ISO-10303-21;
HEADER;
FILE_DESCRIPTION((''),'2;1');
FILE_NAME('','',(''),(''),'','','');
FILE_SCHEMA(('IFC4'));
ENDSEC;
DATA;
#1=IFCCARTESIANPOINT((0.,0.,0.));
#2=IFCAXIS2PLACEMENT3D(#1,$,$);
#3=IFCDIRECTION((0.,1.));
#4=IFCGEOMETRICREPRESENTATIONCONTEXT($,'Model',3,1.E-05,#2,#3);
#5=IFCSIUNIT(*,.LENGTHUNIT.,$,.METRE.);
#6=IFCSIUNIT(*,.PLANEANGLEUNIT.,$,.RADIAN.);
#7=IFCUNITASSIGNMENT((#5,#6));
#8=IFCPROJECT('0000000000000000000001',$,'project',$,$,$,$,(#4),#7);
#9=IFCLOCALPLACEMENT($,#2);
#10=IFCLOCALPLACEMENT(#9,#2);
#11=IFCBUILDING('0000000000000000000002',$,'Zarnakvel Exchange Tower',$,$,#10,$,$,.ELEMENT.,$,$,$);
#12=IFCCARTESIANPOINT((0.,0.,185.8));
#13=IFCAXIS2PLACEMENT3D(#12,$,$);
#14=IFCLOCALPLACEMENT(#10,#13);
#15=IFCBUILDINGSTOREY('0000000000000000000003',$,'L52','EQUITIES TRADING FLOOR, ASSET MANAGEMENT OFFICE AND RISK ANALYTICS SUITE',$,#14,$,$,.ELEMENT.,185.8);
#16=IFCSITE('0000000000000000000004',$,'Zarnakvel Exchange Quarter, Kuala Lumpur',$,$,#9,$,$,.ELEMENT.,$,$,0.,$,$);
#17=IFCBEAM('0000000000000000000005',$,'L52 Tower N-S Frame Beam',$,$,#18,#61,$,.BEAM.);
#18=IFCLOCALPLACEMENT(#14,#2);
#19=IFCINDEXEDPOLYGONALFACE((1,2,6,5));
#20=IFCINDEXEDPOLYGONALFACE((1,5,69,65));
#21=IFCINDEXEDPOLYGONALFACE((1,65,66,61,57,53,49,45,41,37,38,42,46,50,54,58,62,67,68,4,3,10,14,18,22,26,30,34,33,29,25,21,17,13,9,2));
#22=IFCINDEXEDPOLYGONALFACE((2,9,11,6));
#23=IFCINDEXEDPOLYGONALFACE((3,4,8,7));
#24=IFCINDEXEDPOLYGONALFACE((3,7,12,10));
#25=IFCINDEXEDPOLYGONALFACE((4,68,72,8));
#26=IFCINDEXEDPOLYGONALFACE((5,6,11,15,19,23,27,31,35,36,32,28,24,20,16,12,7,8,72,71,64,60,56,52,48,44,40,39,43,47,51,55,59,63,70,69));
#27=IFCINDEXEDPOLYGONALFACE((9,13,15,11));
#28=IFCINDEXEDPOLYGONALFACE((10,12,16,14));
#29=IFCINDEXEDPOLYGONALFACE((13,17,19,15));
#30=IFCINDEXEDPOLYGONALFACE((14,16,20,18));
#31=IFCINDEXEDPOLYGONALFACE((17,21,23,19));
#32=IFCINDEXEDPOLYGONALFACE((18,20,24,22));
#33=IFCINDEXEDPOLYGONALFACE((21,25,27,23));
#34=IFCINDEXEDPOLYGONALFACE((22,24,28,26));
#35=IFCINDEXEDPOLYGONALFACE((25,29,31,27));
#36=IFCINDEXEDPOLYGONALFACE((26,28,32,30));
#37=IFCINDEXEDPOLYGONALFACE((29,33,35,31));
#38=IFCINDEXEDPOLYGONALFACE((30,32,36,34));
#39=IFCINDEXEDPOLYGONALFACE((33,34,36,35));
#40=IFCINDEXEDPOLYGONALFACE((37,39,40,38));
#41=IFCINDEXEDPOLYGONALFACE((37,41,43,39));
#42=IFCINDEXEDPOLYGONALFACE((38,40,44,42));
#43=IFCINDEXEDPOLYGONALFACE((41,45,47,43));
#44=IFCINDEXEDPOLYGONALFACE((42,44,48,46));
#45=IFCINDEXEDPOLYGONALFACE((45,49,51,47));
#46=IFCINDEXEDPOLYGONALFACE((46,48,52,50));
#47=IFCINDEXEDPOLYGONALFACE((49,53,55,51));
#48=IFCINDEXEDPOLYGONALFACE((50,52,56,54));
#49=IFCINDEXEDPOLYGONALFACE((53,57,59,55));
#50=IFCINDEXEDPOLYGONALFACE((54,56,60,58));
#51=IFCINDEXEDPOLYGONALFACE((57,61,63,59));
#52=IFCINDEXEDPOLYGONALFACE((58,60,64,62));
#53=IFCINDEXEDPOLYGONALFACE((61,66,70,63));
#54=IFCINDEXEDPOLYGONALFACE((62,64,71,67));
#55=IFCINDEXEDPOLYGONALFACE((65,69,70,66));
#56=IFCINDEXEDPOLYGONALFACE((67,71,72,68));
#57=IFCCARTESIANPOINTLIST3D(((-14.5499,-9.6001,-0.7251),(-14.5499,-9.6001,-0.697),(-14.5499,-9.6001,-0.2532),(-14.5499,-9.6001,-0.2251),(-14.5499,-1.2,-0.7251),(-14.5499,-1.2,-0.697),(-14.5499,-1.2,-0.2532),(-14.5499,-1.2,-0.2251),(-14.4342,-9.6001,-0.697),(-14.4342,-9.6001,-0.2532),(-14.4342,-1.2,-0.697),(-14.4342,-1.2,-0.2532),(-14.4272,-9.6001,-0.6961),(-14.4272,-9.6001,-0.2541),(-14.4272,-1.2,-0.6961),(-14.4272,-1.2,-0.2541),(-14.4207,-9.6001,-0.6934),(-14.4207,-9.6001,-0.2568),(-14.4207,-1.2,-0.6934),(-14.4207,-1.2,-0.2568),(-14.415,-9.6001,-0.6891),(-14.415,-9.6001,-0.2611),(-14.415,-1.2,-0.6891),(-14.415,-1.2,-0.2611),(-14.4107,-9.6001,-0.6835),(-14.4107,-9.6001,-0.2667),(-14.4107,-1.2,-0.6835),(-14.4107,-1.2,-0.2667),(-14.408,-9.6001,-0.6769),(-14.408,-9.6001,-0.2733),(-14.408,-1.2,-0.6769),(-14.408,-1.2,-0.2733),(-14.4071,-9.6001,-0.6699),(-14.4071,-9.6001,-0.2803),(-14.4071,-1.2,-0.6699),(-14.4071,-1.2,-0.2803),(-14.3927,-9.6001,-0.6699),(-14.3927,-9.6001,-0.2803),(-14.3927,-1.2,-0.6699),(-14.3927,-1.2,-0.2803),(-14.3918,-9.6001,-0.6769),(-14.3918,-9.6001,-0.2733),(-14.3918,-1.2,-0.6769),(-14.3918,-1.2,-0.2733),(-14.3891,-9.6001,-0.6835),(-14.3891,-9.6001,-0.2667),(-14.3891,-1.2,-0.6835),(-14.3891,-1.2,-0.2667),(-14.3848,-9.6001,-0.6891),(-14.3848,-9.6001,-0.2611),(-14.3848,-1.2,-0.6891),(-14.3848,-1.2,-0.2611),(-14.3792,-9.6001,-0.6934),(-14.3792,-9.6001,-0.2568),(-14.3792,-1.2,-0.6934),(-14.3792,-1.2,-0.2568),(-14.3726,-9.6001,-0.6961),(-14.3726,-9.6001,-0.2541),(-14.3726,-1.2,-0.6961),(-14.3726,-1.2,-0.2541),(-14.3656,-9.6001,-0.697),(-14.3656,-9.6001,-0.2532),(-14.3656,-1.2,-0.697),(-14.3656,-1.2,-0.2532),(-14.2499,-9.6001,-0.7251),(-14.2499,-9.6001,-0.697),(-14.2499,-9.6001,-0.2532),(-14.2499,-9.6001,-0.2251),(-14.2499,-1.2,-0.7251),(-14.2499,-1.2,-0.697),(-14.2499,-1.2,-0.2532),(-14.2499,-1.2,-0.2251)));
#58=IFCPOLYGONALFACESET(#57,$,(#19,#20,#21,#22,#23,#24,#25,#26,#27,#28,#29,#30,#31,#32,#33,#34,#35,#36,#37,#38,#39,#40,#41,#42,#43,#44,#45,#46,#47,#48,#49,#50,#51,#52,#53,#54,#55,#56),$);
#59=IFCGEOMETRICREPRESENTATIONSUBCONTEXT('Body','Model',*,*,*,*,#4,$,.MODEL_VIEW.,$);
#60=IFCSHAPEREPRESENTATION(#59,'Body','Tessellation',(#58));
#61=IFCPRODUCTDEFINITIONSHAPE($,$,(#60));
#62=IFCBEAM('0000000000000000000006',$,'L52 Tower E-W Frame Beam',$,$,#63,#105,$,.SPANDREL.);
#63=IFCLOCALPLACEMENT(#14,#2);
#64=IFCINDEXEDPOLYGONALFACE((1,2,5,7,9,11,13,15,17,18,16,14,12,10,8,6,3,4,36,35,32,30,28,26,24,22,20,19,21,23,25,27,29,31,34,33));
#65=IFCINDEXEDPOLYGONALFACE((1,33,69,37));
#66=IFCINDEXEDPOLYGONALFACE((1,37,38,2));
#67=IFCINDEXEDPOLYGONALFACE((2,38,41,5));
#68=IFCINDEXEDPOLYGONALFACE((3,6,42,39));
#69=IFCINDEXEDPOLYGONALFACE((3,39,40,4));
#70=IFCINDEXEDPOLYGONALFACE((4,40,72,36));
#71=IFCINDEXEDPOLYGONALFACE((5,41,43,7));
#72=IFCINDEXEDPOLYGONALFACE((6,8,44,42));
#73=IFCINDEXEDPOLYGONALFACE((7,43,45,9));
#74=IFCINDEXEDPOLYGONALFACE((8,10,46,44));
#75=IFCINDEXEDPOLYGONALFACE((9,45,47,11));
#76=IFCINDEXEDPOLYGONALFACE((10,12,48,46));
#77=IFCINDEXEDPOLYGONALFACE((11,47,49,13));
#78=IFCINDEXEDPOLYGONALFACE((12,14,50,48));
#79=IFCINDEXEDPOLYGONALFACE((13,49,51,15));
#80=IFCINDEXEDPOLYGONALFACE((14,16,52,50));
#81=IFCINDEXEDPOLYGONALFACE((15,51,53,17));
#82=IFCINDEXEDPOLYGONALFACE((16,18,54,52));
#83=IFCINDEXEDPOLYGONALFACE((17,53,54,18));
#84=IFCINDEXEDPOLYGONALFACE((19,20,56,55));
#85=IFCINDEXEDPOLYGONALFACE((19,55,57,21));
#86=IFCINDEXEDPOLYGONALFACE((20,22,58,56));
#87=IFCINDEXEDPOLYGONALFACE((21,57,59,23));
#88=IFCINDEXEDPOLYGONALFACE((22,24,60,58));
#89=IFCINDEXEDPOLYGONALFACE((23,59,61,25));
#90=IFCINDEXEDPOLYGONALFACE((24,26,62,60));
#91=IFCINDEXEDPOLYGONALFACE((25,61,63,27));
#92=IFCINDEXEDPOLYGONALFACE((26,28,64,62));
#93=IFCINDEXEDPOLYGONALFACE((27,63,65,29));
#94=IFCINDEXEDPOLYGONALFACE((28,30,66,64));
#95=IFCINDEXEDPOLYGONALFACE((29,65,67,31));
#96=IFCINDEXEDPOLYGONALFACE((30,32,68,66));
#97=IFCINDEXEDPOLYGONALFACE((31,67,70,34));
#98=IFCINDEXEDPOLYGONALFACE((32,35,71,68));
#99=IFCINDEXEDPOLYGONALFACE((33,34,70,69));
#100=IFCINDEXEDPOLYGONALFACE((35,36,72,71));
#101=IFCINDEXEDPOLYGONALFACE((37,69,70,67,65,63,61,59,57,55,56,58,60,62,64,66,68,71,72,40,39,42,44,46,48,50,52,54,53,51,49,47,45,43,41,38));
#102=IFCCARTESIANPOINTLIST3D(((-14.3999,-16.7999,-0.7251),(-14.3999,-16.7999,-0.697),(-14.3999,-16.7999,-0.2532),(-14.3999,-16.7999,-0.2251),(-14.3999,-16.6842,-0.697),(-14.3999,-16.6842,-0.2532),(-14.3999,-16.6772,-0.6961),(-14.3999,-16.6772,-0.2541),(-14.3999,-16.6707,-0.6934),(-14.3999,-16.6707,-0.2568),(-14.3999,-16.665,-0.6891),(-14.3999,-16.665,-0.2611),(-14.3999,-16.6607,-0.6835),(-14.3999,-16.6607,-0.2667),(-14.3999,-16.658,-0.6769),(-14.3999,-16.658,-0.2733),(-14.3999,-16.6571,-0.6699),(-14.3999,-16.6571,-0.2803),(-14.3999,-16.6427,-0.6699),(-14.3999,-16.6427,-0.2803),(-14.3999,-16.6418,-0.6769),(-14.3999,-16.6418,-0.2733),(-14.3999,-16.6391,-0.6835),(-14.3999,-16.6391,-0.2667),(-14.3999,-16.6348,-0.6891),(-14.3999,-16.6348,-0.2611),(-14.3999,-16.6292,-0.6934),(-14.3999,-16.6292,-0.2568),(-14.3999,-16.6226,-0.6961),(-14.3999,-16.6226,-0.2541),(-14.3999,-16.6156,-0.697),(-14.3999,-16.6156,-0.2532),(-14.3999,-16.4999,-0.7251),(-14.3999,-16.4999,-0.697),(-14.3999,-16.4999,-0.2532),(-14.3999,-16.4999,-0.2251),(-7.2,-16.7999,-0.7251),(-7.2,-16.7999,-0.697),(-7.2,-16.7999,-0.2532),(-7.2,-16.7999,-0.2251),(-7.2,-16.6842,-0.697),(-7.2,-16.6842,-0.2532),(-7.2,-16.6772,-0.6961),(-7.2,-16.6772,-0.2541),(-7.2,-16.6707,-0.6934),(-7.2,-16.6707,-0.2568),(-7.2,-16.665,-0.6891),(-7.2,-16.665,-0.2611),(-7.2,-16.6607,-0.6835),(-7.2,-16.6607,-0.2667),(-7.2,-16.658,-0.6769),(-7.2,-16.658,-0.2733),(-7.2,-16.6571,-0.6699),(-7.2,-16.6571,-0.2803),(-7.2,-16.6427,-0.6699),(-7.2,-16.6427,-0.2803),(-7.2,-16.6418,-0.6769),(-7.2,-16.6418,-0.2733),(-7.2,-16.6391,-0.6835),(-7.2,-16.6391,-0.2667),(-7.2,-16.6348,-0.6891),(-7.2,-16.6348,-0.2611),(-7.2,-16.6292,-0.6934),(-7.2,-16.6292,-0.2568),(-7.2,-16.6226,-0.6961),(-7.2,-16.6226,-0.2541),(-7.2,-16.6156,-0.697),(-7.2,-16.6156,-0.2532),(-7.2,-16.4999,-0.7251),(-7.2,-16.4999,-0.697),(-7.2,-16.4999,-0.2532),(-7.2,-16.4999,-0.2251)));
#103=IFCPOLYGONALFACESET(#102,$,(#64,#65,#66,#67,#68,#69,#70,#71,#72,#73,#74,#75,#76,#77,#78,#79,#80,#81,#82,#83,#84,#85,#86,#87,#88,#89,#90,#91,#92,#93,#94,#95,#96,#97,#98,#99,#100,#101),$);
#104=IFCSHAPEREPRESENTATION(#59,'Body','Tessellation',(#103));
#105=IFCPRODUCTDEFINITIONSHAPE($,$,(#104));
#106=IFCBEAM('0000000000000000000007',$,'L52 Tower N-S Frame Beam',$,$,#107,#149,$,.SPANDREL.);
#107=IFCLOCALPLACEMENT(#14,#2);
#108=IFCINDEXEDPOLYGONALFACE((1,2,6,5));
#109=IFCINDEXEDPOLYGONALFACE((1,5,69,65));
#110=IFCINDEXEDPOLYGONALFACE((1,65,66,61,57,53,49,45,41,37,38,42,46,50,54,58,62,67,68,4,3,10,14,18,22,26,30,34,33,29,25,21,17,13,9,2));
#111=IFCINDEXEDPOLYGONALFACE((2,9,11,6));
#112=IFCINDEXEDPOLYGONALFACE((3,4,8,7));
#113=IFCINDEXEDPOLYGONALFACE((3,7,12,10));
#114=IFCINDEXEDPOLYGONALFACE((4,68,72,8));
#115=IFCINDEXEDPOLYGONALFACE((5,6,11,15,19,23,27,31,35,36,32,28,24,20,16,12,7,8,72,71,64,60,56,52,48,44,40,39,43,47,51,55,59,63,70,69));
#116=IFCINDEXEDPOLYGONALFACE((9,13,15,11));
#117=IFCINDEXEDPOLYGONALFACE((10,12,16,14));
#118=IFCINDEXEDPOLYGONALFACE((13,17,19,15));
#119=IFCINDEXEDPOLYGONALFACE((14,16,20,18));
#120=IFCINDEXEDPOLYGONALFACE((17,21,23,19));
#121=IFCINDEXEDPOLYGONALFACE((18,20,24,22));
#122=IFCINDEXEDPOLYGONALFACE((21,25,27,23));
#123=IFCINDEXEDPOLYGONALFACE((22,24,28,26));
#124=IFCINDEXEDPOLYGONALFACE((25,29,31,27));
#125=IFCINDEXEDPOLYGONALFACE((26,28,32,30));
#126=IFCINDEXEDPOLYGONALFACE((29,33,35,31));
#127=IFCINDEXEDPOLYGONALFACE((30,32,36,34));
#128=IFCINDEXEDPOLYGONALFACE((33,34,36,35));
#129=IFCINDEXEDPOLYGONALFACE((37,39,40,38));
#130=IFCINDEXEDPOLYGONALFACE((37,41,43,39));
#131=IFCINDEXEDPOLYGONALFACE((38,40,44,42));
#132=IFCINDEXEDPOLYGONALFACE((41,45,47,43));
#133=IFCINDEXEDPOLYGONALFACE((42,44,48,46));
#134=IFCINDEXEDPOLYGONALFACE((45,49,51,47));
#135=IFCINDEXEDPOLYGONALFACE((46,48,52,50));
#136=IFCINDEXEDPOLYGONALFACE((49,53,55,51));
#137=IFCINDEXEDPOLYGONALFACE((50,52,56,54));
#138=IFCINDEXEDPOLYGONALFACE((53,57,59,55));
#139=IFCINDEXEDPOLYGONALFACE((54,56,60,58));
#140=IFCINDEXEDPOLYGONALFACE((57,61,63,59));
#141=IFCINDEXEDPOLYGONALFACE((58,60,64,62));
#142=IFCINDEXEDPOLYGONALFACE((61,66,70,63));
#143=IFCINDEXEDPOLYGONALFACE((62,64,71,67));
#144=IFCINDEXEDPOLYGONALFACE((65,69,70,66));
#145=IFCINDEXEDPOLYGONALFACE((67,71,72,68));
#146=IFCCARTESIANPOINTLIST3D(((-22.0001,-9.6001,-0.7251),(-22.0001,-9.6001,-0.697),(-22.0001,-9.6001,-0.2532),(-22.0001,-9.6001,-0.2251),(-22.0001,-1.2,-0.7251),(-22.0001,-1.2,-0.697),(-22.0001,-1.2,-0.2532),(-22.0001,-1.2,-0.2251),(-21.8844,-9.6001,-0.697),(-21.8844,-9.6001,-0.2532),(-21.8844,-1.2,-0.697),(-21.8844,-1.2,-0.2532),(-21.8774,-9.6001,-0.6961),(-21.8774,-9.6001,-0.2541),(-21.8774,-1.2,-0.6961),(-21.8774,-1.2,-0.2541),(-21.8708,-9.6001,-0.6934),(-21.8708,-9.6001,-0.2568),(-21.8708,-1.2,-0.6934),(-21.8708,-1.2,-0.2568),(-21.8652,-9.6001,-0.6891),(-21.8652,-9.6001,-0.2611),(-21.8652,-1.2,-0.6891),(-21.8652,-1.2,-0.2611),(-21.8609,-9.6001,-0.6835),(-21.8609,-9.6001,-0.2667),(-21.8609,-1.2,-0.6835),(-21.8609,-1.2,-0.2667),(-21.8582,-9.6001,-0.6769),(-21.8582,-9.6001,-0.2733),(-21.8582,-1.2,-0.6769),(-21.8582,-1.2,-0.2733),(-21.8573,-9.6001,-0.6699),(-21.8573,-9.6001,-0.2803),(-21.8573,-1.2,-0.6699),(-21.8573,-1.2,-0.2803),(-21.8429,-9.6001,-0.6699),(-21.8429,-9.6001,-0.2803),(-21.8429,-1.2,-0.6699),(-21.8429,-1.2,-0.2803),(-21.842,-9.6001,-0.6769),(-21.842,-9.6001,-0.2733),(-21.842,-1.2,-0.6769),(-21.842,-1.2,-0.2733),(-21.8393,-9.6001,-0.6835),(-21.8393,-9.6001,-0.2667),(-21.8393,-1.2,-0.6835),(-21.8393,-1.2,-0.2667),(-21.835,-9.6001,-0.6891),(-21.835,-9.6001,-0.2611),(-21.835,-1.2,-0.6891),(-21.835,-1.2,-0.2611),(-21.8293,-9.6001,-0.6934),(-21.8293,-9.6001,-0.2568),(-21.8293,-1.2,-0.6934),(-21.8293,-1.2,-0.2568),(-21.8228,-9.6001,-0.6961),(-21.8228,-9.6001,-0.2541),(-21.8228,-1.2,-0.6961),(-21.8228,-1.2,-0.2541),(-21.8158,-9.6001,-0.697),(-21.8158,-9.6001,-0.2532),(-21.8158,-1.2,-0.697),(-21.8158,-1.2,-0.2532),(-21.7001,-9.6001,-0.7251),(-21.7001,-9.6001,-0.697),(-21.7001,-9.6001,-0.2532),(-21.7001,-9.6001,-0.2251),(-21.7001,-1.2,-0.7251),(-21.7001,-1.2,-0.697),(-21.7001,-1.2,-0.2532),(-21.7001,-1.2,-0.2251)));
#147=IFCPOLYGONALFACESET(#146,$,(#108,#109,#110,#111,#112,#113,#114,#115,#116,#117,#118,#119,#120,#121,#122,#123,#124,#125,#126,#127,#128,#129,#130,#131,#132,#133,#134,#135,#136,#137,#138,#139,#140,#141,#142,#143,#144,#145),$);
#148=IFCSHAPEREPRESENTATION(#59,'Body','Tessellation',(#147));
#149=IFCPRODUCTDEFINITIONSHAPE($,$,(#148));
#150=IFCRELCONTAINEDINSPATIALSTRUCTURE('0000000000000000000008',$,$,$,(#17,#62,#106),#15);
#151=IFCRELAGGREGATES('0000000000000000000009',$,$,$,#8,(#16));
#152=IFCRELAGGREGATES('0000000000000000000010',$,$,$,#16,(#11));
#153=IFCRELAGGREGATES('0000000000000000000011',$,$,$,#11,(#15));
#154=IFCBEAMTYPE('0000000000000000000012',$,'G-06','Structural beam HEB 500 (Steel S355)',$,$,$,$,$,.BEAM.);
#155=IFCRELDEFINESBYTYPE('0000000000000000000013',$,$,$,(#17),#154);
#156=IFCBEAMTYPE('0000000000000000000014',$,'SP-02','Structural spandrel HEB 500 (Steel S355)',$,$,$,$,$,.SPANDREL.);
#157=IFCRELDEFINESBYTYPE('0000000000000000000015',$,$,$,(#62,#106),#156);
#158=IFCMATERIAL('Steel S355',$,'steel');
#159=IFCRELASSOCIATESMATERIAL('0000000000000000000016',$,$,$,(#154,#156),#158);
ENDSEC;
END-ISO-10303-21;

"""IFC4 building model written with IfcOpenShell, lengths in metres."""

from ifc_helpers import new_model, si_unit, direction, frame, origin, origin_2d, place, context, subcontext, project, spatial, i_section, extrude, material, material_profile, profile_set, type_object, element, save


model = new_model("IFC4")

# Units and contexts
model_context = context("Model", 3, precision=1e-05, world=origin(), true_north=direction((0.0, 1.0)))
body_context = subcontext(model_context, "Body", "Model", "MODEL_VIEW")
ifc_project = project(units=[si_unit("LENGTHUNIT", "METRE"), si_unit("PLANEANGLEUNIT", "RADIAN")], contexts=[model_context])

# Site, building, storey
site_placement = place(None, origin())
site = spatial("IfcSite", under=ifc_project, at=site_placement, Name="Zarnakvel Exchange Quarter, Kuala Lumpur", CompositionType="ELEMENT", RefElevation=0.0)
building_placement = place(site_placement, origin())
building = spatial("IfcBuilding", under=site, at=building_placement, Name="Zarnakvel Exchange Tower", CompositionType="ELEMENT")
storey_placement = place(building_placement, frame((0.0, 0.0, 185.8)))
storey = spatial("IfcBuildingStorey", under=building, at=storey_placement, Name="L52", Description="EQUITIES TRADING FLOOR, ASSET MANAGEMENT OFFICE AND RISK ANALYTICS SUITE", CompositionType="ELEMENT", Elevation=185.8)

# Shared definitions
ifc_material_1 = material(Name="Steel S355", Category="steel")

# Beams
ifc_material_profile_1 = material_profile(ifc_material_1, i_section(OverallWidth=0.3, OverallDepth=0.5, WebThickness=0.0144, FlangeThickness=0.0281, FilletRadius=0.0271, at=origin_2d()))
ifc_profile_set_1 = profile_set([ifc_material_profile_1], Name="Steel S355")
beam_type_1 = type_object("IfcBeamType", Name="G-06", Description="Structural beam HEB 500 (Steel S355)", PredefinedType="BEAM", material=ifc_profile_set_1)
beam_1_placement = place(storey_placement, frame((-14.3999, -9.6001, -0.4751), z_axis=(0.0, 1.0, 0.0), x_axis=(-1.0, 0.0, 0.0)))
element("IfcBeam", 1, at=beam_1_placement, inside=storey, type_object=beam_type_1, Name="L52 Tower N-S Frame Beam", PredefinedType="BEAM", context=body_context, shape_type="SweptSolid", body=[
    extrude(i_section(OverallWidth=0.3, OverallDepth=0.5, WebThickness=0.0144, FlangeThickness=0.0281, FilletRadius=0.0271, at=origin_2d()), origin(), (0.0, 0.0, 1.0), 8.4001),
])
ifc_material_profile_2 = material_profile(ifc_material_1, i_section(OverallWidth=0.3, OverallDepth=0.5, WebThickness=0.0144, FlangeThickness=0.0281, FilletRadius=0.0271, at=origin_2d()))
ifc_profile_set_2 = profile_set([ifc_material_profile_2], Name="Steel S355")
beam_type_2 = type_object("IfcBeamType", Name="SP-02", Description="Structural spandrel HEB 500 (Steel S355)", PredefinedType="SPANDREL", material=ifc_profile_set_2)
beam_2_placement = place(storey_placement, frame((-14.3999, -16.6499, -0.4751), z_axis=(1.0, 0.0, 0.0), x_axis=(0.0, 1.0, 0.0)))
element("IfcBeam", 2, at=beam_2_placement, inside=storey, type_object=beam_type_2, Name="L52 Tower E-W Frame Beam", PredefinedType="SPANDREL", context=body_context, shape_type="SweptSolid", body=[
    extrude(i_section(OverallWidth=0.3, OverallDepth=0.5, WebThickness=0.0144, FlangeThickness=0.0281, FilletRadius=0.0271, at=origin_2d()), origin(), (0.0, 0.0, 1.0), 7.2),
])
beam_3_placement = place(storey_placement, frame((-21.8501, -9.6001, -0.4751), z_axis=(0.0, 1.0, 0.0), x_axis=(-1.0, 0.0, 0.0)))
element("IfcBeam", 3, at=beam_3_placement, inside=storey, type_object=beam_type_2, Name="L52 Tower N-S Frame Beam", PredefinedType="SPANDREL", context=body_context, shape_type="SweptSolid", body=[
    extrude(i_section(OverallWidth=0.3, OverallDepth=0.5, WebThickness=0.0144, FlangeThickness=0.0281, FilletRadius=0.0271, at=origin_2d()), origin(), (0.0, 0.0, 1.0), 8.4001),
])

save(model, "model.ifc")
